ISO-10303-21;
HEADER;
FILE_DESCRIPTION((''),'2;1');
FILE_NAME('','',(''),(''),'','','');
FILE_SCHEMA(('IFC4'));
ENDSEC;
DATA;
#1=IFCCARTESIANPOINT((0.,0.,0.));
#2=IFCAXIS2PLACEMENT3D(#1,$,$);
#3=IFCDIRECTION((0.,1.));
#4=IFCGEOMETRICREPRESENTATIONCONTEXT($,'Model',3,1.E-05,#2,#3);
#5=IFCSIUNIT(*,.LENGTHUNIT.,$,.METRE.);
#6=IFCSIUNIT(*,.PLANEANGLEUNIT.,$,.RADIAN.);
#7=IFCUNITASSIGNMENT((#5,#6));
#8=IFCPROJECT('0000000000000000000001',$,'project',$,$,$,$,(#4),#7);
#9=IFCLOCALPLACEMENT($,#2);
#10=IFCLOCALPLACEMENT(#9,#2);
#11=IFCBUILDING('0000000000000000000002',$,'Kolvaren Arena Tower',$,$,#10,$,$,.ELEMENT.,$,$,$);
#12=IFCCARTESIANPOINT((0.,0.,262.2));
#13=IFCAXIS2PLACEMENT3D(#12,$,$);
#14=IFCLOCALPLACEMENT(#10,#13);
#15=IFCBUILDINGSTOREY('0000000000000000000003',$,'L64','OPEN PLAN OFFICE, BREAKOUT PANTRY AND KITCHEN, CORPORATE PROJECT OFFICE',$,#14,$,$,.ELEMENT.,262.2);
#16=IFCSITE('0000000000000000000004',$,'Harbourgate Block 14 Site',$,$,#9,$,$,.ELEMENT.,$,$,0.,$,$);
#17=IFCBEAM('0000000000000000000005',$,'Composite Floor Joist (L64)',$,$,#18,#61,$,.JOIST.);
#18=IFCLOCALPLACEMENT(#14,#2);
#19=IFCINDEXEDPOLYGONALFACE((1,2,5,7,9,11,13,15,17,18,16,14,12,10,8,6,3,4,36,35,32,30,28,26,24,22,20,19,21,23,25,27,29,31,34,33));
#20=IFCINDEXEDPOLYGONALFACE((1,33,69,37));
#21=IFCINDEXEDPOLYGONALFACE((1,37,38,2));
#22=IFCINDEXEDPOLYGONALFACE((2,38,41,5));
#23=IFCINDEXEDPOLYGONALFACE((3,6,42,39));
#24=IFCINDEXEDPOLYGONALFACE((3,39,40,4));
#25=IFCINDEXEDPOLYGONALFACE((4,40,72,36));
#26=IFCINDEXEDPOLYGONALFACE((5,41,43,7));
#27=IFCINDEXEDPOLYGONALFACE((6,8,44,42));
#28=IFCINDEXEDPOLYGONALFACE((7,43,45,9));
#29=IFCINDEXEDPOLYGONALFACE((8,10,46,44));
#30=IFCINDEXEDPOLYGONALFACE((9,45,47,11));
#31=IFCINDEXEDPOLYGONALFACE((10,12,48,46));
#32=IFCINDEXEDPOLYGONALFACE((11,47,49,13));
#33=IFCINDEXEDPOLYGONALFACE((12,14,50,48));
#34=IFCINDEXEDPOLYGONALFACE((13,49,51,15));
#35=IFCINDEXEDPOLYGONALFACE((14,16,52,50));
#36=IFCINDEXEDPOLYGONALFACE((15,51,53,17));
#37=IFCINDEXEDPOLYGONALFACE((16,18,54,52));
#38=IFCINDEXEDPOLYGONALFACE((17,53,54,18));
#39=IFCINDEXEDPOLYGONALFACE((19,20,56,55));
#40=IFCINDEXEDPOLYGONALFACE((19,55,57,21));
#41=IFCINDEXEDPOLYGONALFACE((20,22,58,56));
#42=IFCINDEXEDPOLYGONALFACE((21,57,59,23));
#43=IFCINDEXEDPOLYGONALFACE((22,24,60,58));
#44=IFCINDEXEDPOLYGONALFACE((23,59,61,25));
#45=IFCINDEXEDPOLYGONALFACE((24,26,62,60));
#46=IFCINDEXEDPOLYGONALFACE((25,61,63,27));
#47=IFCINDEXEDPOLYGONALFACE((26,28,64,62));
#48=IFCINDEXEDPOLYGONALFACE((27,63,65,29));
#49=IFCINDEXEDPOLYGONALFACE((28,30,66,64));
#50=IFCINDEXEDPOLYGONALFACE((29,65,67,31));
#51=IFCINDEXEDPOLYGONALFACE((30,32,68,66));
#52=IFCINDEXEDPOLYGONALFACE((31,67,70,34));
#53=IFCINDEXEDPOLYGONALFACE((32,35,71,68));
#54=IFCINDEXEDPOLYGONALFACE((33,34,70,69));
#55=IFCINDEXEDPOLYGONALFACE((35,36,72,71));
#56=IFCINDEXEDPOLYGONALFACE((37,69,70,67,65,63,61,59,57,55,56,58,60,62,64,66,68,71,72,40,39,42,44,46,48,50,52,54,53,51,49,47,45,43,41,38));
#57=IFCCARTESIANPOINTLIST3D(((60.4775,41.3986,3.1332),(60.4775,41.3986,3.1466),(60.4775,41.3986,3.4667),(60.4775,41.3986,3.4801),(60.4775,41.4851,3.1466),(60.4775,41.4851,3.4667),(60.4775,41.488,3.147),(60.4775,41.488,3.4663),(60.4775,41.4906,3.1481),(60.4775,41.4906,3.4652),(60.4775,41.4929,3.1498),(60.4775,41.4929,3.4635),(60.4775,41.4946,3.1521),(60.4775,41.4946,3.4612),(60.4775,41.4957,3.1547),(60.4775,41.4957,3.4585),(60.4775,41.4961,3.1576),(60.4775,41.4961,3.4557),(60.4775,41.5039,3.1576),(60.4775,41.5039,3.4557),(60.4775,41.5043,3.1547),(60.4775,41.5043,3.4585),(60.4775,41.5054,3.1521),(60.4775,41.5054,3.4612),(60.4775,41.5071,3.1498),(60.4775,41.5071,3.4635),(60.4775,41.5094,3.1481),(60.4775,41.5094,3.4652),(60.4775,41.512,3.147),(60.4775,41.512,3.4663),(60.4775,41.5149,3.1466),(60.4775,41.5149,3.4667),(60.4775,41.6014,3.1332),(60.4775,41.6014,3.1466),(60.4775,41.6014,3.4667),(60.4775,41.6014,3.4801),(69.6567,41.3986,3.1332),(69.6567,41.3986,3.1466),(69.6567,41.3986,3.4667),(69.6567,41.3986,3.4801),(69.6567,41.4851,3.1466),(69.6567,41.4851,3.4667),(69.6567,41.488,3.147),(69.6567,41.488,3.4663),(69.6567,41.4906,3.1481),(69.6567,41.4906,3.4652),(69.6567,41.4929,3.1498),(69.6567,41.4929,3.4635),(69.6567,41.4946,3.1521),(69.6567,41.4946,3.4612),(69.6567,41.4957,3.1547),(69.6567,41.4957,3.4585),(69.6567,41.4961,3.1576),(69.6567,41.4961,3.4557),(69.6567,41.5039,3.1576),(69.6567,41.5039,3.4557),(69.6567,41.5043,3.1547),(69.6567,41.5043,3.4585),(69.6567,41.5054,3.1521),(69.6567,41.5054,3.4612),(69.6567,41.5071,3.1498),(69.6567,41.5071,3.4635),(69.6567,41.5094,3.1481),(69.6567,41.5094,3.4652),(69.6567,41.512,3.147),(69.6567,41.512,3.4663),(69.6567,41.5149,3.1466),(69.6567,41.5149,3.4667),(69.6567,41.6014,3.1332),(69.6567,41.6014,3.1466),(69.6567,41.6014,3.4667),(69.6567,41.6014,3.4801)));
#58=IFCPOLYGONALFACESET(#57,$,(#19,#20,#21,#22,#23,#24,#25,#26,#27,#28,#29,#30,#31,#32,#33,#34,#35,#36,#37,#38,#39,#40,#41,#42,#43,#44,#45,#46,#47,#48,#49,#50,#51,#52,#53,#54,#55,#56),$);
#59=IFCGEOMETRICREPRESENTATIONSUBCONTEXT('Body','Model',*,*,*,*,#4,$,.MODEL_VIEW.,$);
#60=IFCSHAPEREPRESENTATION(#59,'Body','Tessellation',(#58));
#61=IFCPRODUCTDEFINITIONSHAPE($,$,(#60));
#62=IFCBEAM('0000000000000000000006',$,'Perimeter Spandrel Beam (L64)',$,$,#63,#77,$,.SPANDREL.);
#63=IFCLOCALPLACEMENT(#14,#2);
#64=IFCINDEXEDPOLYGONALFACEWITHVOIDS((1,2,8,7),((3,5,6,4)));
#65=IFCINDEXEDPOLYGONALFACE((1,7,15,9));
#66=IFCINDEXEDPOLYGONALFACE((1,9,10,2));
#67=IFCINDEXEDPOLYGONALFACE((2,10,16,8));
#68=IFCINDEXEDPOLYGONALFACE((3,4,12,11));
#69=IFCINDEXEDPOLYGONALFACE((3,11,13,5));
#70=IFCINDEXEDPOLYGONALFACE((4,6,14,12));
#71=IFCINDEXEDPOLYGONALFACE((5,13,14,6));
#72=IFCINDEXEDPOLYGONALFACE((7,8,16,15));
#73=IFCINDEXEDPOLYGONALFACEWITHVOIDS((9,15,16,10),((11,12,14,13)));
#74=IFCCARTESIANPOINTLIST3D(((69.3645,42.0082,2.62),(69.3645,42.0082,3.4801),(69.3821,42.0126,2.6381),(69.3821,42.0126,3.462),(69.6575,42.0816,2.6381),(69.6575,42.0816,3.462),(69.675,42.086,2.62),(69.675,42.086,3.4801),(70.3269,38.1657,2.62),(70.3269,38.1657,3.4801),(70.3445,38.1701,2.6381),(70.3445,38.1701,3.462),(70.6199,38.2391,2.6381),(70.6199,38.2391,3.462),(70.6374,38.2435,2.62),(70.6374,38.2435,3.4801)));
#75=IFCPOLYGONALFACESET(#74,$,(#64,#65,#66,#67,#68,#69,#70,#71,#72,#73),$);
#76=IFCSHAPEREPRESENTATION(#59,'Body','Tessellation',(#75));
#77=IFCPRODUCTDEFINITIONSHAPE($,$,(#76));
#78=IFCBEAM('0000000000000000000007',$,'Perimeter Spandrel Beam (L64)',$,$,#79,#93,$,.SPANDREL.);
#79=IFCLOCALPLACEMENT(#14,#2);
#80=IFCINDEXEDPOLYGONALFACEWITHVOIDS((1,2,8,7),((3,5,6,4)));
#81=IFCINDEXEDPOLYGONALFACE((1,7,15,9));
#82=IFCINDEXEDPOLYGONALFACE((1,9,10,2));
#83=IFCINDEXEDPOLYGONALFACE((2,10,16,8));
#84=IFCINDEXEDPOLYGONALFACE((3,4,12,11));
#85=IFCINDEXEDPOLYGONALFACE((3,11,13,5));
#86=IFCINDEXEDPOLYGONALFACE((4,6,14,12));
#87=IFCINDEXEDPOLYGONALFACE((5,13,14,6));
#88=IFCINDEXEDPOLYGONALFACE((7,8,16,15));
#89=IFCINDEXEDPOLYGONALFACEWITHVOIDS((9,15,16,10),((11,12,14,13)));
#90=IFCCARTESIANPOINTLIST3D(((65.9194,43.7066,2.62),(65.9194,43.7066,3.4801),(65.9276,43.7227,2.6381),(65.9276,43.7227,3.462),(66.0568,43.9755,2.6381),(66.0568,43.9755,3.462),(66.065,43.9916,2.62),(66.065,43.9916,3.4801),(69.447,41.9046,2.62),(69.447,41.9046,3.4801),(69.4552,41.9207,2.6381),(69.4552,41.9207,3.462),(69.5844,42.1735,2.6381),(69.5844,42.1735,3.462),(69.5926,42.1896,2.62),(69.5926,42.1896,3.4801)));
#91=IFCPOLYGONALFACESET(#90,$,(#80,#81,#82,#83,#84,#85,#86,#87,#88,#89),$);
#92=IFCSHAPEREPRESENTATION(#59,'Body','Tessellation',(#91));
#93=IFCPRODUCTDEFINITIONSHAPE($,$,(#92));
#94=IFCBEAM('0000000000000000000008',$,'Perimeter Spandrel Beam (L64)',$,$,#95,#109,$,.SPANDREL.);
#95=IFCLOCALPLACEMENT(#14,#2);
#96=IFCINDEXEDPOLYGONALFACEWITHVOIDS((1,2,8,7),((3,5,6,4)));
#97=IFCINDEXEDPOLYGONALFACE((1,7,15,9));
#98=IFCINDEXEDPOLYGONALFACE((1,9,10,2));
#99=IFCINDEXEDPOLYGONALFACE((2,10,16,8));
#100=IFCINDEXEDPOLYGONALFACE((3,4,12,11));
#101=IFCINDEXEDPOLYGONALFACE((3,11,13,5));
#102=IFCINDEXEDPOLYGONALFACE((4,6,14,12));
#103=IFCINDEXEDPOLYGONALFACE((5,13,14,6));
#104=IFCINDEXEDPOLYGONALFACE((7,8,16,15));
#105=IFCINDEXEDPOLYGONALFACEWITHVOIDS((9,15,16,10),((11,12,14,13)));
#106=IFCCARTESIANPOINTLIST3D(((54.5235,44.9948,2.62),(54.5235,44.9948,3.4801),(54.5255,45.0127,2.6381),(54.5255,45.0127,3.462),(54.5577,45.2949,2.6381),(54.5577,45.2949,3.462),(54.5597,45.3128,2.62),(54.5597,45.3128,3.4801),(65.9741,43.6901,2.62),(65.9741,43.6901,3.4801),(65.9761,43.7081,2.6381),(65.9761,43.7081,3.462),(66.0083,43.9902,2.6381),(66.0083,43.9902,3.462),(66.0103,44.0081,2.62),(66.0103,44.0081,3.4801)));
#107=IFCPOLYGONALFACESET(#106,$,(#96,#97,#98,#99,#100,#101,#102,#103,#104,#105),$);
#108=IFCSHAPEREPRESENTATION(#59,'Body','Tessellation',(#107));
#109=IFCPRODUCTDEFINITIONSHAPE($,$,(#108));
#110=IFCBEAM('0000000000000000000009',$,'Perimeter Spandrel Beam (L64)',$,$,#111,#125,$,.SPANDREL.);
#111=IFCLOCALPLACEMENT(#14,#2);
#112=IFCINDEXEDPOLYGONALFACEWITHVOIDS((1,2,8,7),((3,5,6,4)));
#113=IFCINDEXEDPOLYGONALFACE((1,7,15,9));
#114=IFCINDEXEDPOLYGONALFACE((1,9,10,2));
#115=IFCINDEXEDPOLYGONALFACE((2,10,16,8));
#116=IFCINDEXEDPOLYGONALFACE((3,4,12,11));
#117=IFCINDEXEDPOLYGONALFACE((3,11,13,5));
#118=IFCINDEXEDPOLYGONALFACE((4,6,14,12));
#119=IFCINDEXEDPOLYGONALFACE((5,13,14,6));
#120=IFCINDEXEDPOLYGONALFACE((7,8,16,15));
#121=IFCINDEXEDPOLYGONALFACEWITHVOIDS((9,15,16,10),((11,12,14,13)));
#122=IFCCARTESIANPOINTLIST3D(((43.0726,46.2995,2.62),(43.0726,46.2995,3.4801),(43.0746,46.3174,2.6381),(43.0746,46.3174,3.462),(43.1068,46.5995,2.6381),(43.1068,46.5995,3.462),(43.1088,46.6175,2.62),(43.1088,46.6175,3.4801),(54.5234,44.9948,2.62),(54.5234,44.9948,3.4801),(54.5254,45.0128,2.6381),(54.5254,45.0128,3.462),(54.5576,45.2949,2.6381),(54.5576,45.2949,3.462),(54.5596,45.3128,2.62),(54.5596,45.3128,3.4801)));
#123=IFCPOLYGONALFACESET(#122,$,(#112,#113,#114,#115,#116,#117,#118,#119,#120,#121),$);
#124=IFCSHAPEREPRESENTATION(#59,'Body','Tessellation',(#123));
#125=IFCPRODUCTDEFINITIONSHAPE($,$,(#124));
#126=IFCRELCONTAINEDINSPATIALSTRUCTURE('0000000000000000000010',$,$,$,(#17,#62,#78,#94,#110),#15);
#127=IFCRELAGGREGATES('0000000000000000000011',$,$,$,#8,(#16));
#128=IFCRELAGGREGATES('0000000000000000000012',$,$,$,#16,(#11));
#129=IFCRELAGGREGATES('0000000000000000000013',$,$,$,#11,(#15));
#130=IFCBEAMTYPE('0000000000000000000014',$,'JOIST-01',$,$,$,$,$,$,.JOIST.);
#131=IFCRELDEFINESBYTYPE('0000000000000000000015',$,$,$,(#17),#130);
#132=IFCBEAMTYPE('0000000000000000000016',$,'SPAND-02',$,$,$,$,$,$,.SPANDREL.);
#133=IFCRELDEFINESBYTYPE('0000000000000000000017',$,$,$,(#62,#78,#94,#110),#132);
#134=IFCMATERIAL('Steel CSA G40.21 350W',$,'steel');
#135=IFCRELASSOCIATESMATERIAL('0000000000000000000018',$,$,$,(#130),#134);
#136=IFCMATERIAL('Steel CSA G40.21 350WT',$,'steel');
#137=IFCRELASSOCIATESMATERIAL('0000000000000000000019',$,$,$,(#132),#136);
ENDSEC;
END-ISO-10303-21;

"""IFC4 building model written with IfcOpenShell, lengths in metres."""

from ifc_helpers import new_model, si_unit, direction, frame, origin, origin_2d, place, context, subcontext, project, spatial, hollow_rectangle, i_section, extrude, material, material_profile, profile_set, type_object, element, save


model = new_model("IFC4")

# Units and contexts
model_context = context("Model", 3, precision=1e-05, world=origin(), true_north=direction((0.0, 1.0)))
body_context = subcontext(model_context, "Body", "Model", "MODEL_VIEW")
ifc_project = project(units=[si_unit("LENGTHUNIT", "METRE"), si_unit("PLANEANGLEUNIT", "RADIAN")], contexts=[model_context])

# Site, building, storey
site_placement = place(None, origin())
site = spatial("IfcSite", under=ifc_project, at=site_placement, Name="Harbourgate Block 14 Site", CompositionType="ELEMENT", RefElevation=0.0)
building_placement = place(site_placement, origin())
building = spatial("IfcBuilding", under=site, at=building_placement, Name="Kolvaren Arena Tower", CompositionType="ELEMENT")
storey_placement = place(building_placement, frame((0.0, 0.0, 262.2)))
storey = spatial("IfcBuildingStorey", under=building, at=storey_placement, Name="L64", Description="OPEN PLAN OFFICE, BREAKOUT PANTRY AND KITCHEN, CORPORATE PROJECT OFFICE", CompositionType="ELEMENT", Elevation=262.2)

# Beams
ifc_material_1 = material(Name="Steel CSA G40.21 350W", Category="steel")
ifc_material_profile_1 = material_profile(ifc_material_1, i_section(OverallWidth=0.2029, OverallDepth=0.3469, WebThickness=0.0078, FlangeThickness=0.0134, FilletRadius=0.011, at=origin_2d()), Name="W360x64")
ifc_profile_set_1 = profile_set([ifc_material_profile_1], Name="Steel CSA G40.21 350W")
beam_type_1 = type_object("IfcBeamType", Name="JOIST-01", PredefinedType="JOIST", material=ifc_profile_set_1)
beam_1_placement = place(storey_placement, frame((60.4775, 41.5, 3.3066), z_axis=(1.0, 0.0, 0.0), x_axis=(0.0, 1.0, 0.0)))
element("IfcBeam", 1, at=beam_1_placement, inside=storey, type_object=beam_type_1, Name="Composite Floor Joist (L64)", PredefinedType="JOIST", context=body_context, shape_type="SweptSolid", body=[
    extrude(i_section(OverallWidth=0.2029, OverallDepth=0.3469, WebThickness=0.0078, FlangeThickness=0.0134, FilletRadius=0.011, at=origin_2d()), origin(), (0.0, 0.0, 1.0), 9.1792),
])
ifc_material_2 = material(Name="Steel CSA G40.21 350WT", Category="steel")
ifc_material_profile_2 = material_profile(ifc_material_2, hollow_rectangle(XDim=0.3201, YDim=0.8601, WallThickness=0.0181, at=origin_2d()), Name="HSS 860x320x18")
ifc_profile_set_2 = profile_set([ifc_material_profile_2], Name="Steel CSA G40.21 350WT")
beam_type_2 = type_object("IfcBeamType", Name="SPAND-02", PredefinedType="SPANDREL", material=ifc_profile_set_2)
for number, where, z_axis, x_axis, name in (
    (2, (70.4822, 38.2046, 3.05), (-0.242956, 0.970037, 0.0), (-0.970037, -0.242956, 0.0), "Perimeter Spandrel Beam (L64)"),
    (3, (69.5198, 42.0471, 3.05), (-0.890536, 0.454913, 0.0), (-0.454913, -0.890536, 0.0), "Perimeter Spandrel Beam (L64)"),
):
    element("IfcBeam", number, at=place(storey_placement, frame(where, z_axis=z_axis, x_axis=x_axis)), inside=storey, type_object=beam_type_2, Name=name, PredefinedType="SPANDREL", context=body_context, shape_type="SweptSolid", body=[
        extrude(hollow_rectangle(XDim=0.3201, YDim=0.8601, WallThickness=0.0181, at=origin_2d()), origin(), (0.0, 0.0, 1.0), 3.9612),
    ])
beam_2_placement = place(storey_placement, frame((65.9922, 43.8491, 3.05), z_axis=(-0.993571, 0.113207, 0.0), x_axis=(-0.113207, -0.993571, 0.0)))
element("IfcBeam", 4, at=beam_2_placement, inside=storey, type_object=beam_type_2, Name="Perimeter Spandrel Beam (L64)", PredefinedType="SPANDREL", context=body_context, shape_type="SweptSolid", body=[
    extrude(hollow_rectangle(XDim=0.3201, YDim=0.8601, WallThickness=0.0181, at=origin_2d()), origin(), (0.0, 0.0, 1.0), 11.5247),
])
beam_3_placement = place(storey_placement, frame((54.5415, 45.1538, 3.05), z_axis=(-0.993572, 0.113205, 0.0), x_axis=(-0.113205, -0.993572, 0.0)))
element("IfcBeam", 5, at=beam_3_placement, inside=storey, type_object=beam_type_2, Name="Perimeter Spandrel Beam (L64)", PredefinedType="SPANDREL", context=body_context, shape_type="SweptSolid", body=[
    extrude(hollow_rectangle(XDim=0.3201, YDim=0.8601, WallThickness=0.0181, at=origin_2d()), origin(), (0.0, 0.0, 1.0), 11.5249),
])

save(model, "model.ifc")
